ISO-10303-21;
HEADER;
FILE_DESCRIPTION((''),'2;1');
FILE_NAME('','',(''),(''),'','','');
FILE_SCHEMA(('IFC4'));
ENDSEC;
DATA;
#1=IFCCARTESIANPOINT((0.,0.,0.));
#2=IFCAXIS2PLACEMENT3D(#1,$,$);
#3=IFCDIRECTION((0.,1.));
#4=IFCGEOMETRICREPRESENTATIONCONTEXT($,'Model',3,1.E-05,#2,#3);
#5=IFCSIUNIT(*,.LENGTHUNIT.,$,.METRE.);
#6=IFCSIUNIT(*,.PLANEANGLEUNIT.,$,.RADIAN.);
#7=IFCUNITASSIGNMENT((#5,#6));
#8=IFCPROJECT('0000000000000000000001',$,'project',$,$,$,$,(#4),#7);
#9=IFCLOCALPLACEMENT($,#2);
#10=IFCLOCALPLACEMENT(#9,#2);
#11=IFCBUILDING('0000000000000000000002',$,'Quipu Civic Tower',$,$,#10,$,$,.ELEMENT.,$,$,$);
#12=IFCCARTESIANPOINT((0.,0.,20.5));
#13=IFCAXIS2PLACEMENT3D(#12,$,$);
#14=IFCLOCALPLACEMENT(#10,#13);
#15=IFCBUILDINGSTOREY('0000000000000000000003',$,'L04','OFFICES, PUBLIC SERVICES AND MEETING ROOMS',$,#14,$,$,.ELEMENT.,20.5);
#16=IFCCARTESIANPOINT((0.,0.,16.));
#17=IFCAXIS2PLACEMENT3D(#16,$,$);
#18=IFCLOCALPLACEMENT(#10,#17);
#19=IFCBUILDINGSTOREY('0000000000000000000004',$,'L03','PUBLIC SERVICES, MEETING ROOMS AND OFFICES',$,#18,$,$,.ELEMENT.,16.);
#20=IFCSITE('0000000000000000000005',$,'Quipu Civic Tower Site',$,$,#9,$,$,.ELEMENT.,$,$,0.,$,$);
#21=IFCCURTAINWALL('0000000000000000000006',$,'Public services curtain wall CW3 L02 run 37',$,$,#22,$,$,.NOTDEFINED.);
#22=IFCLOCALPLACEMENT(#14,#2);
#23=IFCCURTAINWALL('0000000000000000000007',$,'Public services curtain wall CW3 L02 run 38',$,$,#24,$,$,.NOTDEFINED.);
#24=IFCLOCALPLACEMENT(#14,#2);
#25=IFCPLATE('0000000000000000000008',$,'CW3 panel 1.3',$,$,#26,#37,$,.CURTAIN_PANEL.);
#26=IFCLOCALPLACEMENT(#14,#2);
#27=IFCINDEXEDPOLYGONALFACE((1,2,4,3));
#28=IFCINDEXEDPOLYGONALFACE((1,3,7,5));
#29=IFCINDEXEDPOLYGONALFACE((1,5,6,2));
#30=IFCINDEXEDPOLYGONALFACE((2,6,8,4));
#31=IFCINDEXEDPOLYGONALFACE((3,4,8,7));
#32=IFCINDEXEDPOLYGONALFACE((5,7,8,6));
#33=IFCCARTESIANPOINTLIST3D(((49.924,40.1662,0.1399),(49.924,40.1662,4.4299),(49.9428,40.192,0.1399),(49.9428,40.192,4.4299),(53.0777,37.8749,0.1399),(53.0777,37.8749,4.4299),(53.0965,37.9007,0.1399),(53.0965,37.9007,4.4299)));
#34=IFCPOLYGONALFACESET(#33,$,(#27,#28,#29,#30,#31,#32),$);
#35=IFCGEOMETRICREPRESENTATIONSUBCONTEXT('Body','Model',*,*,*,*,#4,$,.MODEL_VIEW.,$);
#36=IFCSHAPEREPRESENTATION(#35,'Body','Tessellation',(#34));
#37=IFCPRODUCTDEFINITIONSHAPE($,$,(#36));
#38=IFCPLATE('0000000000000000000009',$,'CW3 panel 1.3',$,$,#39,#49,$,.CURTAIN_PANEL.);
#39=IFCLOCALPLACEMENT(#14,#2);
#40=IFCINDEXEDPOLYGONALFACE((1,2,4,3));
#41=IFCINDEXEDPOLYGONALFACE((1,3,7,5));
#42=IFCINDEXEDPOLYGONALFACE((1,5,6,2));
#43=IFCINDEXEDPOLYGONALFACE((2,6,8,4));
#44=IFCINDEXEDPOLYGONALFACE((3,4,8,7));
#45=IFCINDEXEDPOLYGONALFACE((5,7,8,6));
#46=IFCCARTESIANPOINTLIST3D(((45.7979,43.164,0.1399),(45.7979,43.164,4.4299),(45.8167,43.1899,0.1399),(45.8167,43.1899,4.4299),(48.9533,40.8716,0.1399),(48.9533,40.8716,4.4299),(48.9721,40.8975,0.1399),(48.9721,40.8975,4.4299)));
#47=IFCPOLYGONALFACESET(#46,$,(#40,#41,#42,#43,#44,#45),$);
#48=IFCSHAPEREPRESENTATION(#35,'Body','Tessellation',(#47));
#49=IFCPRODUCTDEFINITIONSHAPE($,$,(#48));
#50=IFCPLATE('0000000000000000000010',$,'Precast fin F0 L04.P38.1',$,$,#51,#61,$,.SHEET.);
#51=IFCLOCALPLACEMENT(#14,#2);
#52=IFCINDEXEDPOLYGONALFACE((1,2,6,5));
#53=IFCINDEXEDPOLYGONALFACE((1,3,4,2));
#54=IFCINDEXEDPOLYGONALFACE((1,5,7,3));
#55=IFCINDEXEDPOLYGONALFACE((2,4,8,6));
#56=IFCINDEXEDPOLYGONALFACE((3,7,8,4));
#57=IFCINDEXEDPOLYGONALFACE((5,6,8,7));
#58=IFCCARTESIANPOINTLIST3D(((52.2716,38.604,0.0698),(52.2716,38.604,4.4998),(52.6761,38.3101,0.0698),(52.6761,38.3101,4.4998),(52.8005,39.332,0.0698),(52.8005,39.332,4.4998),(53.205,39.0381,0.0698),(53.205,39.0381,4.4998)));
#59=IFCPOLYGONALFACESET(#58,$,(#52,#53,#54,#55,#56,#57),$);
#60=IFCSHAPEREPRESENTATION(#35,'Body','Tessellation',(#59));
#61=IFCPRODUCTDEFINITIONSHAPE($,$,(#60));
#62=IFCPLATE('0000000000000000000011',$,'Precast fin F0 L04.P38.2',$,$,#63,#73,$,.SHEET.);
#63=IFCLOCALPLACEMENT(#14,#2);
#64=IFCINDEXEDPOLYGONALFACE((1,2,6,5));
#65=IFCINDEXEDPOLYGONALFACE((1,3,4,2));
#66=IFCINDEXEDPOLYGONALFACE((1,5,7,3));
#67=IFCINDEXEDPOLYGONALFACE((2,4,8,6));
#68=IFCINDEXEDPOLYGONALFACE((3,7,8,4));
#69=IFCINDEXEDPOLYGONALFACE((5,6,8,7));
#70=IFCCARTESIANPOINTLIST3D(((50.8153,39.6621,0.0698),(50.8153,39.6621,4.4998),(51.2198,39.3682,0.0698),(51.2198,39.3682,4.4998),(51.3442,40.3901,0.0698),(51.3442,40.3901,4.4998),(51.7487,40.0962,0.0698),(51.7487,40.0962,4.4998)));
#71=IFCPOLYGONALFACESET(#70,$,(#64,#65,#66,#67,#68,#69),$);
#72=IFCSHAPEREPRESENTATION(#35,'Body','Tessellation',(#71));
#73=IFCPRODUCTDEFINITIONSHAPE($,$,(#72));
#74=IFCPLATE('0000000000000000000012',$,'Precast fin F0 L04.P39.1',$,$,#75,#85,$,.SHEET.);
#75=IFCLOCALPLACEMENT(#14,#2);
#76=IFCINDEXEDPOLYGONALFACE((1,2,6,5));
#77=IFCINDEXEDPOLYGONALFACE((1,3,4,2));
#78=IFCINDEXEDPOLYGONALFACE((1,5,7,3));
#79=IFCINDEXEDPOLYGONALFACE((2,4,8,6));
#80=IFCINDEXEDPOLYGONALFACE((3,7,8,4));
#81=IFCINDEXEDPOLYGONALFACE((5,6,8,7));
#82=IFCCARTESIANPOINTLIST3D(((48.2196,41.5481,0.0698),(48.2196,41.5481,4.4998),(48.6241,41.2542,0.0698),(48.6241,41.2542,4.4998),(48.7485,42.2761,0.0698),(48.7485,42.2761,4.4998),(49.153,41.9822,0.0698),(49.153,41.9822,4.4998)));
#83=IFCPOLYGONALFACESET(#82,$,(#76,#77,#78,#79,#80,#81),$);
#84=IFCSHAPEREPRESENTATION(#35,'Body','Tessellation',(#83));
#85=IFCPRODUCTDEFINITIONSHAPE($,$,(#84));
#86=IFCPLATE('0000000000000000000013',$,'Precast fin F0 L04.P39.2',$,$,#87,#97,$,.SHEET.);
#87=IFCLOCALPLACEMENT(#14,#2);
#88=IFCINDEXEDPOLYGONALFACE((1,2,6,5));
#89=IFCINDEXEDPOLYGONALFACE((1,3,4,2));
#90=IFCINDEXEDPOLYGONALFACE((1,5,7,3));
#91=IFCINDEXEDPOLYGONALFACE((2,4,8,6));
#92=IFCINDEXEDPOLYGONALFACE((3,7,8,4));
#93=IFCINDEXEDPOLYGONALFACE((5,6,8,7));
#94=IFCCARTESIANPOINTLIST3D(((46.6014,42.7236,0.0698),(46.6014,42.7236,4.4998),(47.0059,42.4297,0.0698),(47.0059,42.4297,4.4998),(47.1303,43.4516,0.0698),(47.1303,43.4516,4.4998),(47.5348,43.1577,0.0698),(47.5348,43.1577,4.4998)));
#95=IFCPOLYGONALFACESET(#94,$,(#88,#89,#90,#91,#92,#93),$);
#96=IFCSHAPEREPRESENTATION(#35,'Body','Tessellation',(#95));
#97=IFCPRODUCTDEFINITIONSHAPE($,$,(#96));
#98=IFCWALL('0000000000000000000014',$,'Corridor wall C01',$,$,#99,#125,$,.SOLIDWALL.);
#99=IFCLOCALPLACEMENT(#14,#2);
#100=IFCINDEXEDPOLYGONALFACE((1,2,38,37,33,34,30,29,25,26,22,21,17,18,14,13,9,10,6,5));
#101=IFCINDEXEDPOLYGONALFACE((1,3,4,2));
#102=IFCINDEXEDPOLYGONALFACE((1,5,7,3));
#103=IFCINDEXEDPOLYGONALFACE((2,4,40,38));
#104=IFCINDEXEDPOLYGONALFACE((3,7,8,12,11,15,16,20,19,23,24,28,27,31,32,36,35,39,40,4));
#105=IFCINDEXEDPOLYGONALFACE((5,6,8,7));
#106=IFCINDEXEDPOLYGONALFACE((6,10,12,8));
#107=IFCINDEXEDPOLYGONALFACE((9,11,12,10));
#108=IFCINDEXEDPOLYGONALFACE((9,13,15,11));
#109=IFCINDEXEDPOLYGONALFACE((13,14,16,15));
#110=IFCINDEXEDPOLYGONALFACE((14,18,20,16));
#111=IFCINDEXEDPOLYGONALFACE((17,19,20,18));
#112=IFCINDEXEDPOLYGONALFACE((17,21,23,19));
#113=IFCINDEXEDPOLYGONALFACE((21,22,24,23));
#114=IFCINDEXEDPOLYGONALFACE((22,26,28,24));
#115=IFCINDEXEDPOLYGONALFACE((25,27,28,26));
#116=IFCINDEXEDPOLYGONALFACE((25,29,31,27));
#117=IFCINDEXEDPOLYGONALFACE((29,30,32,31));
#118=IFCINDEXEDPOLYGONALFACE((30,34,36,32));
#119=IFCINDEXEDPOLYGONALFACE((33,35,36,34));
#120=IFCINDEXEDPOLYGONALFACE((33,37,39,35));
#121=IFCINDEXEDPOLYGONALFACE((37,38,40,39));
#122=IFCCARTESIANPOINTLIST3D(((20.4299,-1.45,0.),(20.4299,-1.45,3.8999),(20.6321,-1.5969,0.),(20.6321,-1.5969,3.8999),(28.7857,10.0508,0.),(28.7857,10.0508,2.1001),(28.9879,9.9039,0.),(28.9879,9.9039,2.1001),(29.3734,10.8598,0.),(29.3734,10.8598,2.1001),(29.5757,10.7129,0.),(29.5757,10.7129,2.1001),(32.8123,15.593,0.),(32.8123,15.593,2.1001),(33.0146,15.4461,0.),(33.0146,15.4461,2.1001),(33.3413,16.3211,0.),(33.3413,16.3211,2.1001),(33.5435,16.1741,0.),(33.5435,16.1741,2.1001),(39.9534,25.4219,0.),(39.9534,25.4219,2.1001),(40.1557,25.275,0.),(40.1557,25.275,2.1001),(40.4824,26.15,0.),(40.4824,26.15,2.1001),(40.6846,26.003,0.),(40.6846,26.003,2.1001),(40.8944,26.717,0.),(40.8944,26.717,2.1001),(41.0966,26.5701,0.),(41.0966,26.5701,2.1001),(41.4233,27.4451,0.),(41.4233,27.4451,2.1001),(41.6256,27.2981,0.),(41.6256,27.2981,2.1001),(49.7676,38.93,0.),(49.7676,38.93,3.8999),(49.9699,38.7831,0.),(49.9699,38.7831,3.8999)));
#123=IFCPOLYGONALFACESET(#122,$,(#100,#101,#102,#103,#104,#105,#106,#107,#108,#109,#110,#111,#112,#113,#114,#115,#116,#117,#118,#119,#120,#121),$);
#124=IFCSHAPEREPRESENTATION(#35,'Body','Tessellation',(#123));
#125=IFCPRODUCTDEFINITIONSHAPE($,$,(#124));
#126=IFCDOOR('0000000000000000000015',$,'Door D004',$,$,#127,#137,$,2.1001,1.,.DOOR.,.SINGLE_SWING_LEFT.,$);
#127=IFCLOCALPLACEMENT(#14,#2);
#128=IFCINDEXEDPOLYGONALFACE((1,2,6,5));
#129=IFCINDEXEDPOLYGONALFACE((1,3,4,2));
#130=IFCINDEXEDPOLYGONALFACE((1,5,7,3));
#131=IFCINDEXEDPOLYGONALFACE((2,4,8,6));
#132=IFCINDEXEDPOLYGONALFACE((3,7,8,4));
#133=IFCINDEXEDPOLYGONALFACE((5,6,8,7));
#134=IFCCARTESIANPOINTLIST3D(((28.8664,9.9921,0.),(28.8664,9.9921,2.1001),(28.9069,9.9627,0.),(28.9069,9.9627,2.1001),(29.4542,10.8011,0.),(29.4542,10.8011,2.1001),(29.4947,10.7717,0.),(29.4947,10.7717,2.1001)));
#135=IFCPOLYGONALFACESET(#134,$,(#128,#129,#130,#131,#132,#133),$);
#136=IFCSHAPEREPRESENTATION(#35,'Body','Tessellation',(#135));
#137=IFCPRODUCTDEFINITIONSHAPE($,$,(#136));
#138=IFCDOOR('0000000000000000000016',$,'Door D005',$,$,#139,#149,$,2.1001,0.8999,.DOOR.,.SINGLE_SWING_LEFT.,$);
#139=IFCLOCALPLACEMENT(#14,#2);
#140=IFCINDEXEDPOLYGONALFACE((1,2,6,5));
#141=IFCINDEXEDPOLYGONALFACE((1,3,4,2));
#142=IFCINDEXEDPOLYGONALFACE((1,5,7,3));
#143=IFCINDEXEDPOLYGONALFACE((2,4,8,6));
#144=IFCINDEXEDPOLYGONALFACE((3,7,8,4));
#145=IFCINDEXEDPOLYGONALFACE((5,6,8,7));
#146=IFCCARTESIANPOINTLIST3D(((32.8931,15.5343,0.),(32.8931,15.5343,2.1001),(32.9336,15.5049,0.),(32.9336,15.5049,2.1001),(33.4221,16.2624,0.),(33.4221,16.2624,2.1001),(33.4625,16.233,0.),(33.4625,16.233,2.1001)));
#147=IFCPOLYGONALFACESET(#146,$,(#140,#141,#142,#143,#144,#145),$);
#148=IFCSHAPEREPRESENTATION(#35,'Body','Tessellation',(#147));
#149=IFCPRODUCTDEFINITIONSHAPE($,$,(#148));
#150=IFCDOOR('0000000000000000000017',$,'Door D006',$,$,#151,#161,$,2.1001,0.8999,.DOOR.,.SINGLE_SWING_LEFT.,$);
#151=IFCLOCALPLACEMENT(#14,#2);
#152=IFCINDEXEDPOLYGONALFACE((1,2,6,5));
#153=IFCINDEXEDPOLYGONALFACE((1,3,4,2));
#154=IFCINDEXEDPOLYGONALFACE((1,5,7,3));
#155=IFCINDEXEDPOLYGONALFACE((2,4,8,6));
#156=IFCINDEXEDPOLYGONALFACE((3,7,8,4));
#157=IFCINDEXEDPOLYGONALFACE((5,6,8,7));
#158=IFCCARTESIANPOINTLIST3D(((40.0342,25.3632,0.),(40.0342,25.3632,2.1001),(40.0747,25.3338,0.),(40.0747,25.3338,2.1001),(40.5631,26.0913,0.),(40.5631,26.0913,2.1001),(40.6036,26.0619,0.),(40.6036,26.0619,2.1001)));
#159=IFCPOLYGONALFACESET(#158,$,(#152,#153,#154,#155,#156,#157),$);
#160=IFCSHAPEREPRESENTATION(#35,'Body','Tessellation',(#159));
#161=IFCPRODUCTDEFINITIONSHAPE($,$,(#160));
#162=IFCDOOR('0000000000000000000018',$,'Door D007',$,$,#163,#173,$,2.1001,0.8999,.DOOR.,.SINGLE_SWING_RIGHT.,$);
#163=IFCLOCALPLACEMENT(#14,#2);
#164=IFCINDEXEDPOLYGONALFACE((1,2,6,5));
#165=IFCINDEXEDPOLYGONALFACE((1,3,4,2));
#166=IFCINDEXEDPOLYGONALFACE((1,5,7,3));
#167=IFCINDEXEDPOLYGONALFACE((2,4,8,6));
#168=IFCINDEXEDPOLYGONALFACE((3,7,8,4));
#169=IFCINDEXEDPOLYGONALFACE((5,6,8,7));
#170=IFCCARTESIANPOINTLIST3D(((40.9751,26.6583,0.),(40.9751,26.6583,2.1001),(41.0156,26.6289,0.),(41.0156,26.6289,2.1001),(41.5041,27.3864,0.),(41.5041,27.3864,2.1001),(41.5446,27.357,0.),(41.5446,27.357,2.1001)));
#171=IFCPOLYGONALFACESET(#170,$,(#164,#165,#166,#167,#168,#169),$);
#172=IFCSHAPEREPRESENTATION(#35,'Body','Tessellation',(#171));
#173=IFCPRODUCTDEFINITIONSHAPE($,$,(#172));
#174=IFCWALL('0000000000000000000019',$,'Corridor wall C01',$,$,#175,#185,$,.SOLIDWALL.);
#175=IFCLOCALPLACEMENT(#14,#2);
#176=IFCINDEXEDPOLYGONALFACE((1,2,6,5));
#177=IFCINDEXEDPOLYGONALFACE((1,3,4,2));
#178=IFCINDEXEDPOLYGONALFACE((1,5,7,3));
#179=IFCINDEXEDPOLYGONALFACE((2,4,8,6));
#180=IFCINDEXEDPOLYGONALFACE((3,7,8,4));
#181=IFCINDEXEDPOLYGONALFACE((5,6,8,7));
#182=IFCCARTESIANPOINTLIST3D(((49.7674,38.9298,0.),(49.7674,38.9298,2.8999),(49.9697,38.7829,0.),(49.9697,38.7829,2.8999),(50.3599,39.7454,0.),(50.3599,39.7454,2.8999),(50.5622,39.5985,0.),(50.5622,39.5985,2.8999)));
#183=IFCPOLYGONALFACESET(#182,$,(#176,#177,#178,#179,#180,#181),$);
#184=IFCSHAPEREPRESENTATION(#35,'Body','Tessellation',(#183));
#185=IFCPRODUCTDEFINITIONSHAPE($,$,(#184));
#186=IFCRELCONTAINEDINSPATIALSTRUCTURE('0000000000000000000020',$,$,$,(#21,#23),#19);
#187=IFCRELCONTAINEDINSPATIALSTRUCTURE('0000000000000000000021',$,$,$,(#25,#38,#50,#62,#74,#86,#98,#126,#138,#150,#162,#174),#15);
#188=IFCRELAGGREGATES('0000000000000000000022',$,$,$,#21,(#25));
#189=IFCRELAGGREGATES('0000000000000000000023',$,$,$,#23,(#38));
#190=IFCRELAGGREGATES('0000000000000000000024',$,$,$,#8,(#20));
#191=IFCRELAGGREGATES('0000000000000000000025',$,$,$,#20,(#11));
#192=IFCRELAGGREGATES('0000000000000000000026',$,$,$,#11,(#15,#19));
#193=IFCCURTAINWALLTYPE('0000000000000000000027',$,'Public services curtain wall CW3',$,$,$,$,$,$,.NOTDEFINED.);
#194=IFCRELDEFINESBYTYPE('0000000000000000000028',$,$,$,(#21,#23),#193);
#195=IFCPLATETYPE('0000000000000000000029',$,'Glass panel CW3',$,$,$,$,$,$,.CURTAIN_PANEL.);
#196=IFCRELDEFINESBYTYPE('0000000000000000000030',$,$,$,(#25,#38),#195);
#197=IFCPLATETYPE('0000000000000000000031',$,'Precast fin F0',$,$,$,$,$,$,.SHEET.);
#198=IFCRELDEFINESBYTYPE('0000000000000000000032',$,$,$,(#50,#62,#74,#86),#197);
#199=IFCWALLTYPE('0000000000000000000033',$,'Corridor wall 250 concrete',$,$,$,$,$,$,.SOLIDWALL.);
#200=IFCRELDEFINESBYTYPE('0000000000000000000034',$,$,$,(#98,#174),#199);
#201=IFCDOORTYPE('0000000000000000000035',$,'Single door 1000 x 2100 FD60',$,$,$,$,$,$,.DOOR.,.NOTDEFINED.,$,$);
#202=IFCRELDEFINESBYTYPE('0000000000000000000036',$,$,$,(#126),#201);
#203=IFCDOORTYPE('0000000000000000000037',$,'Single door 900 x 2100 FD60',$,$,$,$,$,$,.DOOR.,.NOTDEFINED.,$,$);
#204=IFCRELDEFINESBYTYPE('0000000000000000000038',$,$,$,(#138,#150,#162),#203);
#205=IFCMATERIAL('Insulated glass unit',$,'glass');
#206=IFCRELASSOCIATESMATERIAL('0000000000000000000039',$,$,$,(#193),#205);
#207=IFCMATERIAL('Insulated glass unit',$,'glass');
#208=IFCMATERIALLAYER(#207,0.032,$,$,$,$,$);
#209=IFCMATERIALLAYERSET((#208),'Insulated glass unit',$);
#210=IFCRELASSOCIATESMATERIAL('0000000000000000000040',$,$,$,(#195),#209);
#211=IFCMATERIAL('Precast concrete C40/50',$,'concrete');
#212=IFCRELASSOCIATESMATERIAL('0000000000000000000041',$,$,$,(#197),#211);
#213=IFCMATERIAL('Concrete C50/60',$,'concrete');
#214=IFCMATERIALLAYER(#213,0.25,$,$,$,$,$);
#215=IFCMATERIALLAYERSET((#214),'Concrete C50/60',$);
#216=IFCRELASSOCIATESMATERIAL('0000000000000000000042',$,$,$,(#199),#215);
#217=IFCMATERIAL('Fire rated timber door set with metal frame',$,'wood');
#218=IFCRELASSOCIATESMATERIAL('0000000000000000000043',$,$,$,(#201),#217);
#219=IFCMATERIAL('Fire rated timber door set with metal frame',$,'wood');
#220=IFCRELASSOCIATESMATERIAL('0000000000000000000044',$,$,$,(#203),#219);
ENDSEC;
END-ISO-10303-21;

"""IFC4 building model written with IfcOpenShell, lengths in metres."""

from ifc_helpers import new_model, si_unit, direction, frame, frame_2d, origin, origin_2d, place, context, subcontext, project, spatial, rectangle, extrude, material, layer, layer_set, type_object, element, fill, aggregate, save


model = new_model("IFC4")

# Units and contexts
model_context = context("Model", 3, precision=1e-05, world=origin(), true_north=direction((0.0, 1.0)))
body_context = subcontext(model_context, "Body", "Model", "MODEL_VIEW")
ifc_project = project(units=[si_unit("LENGTHUNIT", "METRE"), si_unit("PLANEANGLEUNIT", "RADIAN")], contexts=[model_context])

# Site, building, storey
site_placement = place(None, origin())
site = spatial("IfcSite", under=ifc_project, at=site_placement, Name="Quipu Civic Tower Site", CompositionType="ELEMENT", RefElevation=0.0)
building_placement = place(site_placement, origin())
building = spatial("IfcBuilding", under=site, at=building_placement, Name="Quipu Civic Tower", CompositionType="ELEMENT")
storey_1_placement = place(building_placement, frame((0.0, 0.0, 20.5)))
storey_1 = spatial("IfcBuildingStorey", under=building, at=storey_1_placement, Name="L04", Description="OFFICES, PUBLIC SERVICES AND MEETING ROOMS", CompositionType="ELEMENT", Elevation=20.5)

# Shared definitions
storey_2_placement = place(building_placement, frame((0.0, 0.0, 16.0)))
storey_2 = spatial("IfcBuildingStorey", under=building, at=storey_2_placement, Name="L03", Description="PUBLIC SERVICES, MEETING ROOMS AND OFFICES", CompositionType="ELEMENT", Elevation=16.0)

# Curtain walls
ifc_material_1 = material(Name="Insulated glass unit", Category="glass")
curtain_wall_type = type_object("IfcCurtainWallType", Name="Public services curtain wall CW3", PredefinedType="NOTDEFINED", material=ifc_material_1)
curtain_wall_1_placement = place(storey_2_placement, origin())
curtain_wall_1 = element("IfcCurtainWall", 1, at=curtain_wall_1_placement, inside=storey_2, type_object=curtain_wall_type, Name="Public services curtain wall CW3 L02 run 37", PredefinedType="NOTDEFINED")
curtain_wall_2_placement = place(storey_2_placement, origin())
curtain_wall_2 = element("IfcCurtainWall", 2, at=curtain_wall_2_placement, inside=storey_2, type_object=curtain_wall_type, Name="Public services curtain wall CW3 L02 run 38", PredefinedType="NOTDEFINED")

# Plates
ifc_material_2 = material(Name="Insulated glass unit", Category="glass")
ifc_layer_1 = layer(ifc_material_2, 0.032)
ifc_layer_set_1 = layer_set([ifc_layer_1], Name="Insulated glass unit")
plate_type_1 = type_object("IfcPlateType", Name="Glass panel CW3", PredefinedType="CURTAIN_PANEL", material=ifc_layer_set_1)
plate_1_placement = place(storey_1_placement, frame((51.5103, 39.0334, 0.1399), z_axis=(0.0, 0.0, 1.0), x_axis=(-0.809015, 0.587789, 0.0)))
plate_1 = element("IfcPlate", 3, at=plate_1_placement, inside=storey_1, type_object=plate_type_1, Name="CW3 panel 1.3", PredefinedType="CURTAIN_PANEL", context=body_context, shape_type="SweptSolid", body=[
    extrude(rectangle(XDim=3.8982, YDim=0.032, at=origin_2d()), origin(), (0.0, 0.0, 1.0), 4.29),
])
aggregate(curtain_wall_1, [plate_1])
plate_2_placement = place(storey_1_placement, frame((47.385, 42.0308, 0.1399), z_axis=(0.0, 0.0, 1.0), x_axis=(-0.80903, 0.587767, 0.0)))
plate_2 = element("IfcPlate", 4, at=plate_2_placement, inside=storey_1, type_object=plate_type_1, Name="CW3 panel 1.3", PredefinedType="CURTAIN_PANEL", context=body_context, shape_type="SweptSolid", body=[
    extrude(rectangle(XDim=3.9001, YDim=0.032, at=origin_2d()), origin(), (0.0, 0.0, 1.0), 4.29),
])
aggregate(curtain_wall_2, [plate_2])

# Plates
ifc_material_3 = material(Name="Precast concrete C40/50", Category="concrete")
plate_type_2 = type_object("IfcPlateType", Name="Precast fin F0", PredefinedType="SHEET", material=ifc_material_3)
for number, where, z_axis, x_axis, name in (
    (5, (52.7383, 38.821, 0.0698), (0.0, 0.0, 1.0), (-0.809021, 0.587779, 0.0), "Precast fin F0 L04.P38.1"),
    (6, (51.282, 39.8792, 0.0698), (0.0, 0.0, 1.0), (-0.809021, 0.587779, 0.0), "Precast fin F0 L04.P38.2"),
    (7, (48.6863, 41.7651, 0.0698), (0.0, 0.0, 1.0), (-0.809021, 0.587779, 0.0), "Precast fin F0 L04.P39.1"),
    (8, (47.0681, 42.9407, 0.0698), (0.0, 0.0, 1.0), (-0.809021, 0.587779, 0.0), "Precast fin F0 L04.P39.2"),
):
    element("IfcPlate", number, at=place(storey_1_placement, frame(where, z_axis=z_axis, x_axis=x_axis)), inside=storey_1, type_object=plate_type_2, Name=name, PredefinedType="SHEET", context=body_context, shape_type="SweptSolid", body=[
        extrude(rectangle(XDim=0.5, YDim=0.8999, at=origin_2d()), origin(), (0.0, 0.0, 1.0), 4.4299),
    ])

# Wall, openings, doors
ifc_material_4 = material(Name="Concrete C50/60", Category="concrete")
ifc_layer_2 = layer(ifc_material_4, 0.25)
ifc_layer_set_2 = layer_set([ifc_layer_2], Name="Concrete C50/60")
wall_type_1 = type_object("IfcWallType", Name="Corridor wall 250 concrete", PredefinedType="SOLIDWALL", material=ifc_layer_set_2)
wall_1_placement = place(storey_1_placement, frame((49.8687, 38.8564, 0.0), z_axis=(0.0, 0.0, 1.0), x_axis=(-0.587785, -0.809018, 0.0)))
wall_1 = element("IfcWall", 9, at=wall_1_placement, inside=storey_1, type_object=wall_type_1, Name="Corridor wall C01", PredefinedType="SOLIDWALL", context=body_context, shape_type="SweptSolid", body=[
    extrude(rectangle(XDim=49.9124, YDim=0.25, at=frame_2d((24.9561, 0.0))), origin(), (0.0, 0.0, 1.0), 3.8999),
])
opening_1_placement = place(wall_1_placement, frame((27.946, 0.0, 0.0)))
opening_1 = element("IfcOpeningElement", 10, at=opening_1_placement, cuts=wall_1, PredefinedType="OPENING", context=body_context, shape_type="SweptSolid", body=[
    extrude(rectangle(XDim=0.8999, YDim=2.1001, at=frame_2d((0.45, 1.05))), frame((0.0, 0.135, 0.0), z_axis=(0.0, -1.0, 0.0), x_axis=(1.0, 0.0, 0.0)), (0.0, 0.0, 1.0), 0.27),
])
opening_2_placement = place(wall_1_placement, frame((34.6965, 0.0, 0.0)))
opening_2 = element("IfcOpeningElement", 11, at=opening_2_placement, cuts=wall_1, PredefinedType="OPENING", context=body_context, shape_type="SweptSolid", body=[
    extrude(rectangle(XDim=1.0, YDim=2.1001, at=frame_2d((0.5, 1.05))), frame((0.0, 0.135, 0.0), z_axis=(0.0, -1.0, 0.0), x_axis=(1.0, 0.0, 0.0)), (0.0, 0.0, 1.0), 0.27),
])
opening_3_placement = place(wall_1_placement, frame((15.7969, 0.0, 0.0)))
opening_3 = element("IfcOpeningElement", 12, at=opening_3_placement, cuts=wall_1, PredefinedType="OPENING", context=body_context, shape_type="SweptSolid", body=[
    extrude(rectangle(XDim=0.8999, YDim=2.1001, at=frame_2d((0.45, 1.05))), frame((0.0, 0.135, 0.0), z_axis=(0.0, -1.0, 0.0), x_axis=(1.0, 0.0, 0.0)), (0.0, 0.0, 1.0), 0.27),
])
opening_4_placement = place(wall_1_placement, frame((14.196, 0.0, 0.0)))
opening_4 = element("IfcOpeningElement", 13, at=opening_4_placement, cuts=wall_1, PredefinedType="OPENING", context=body_context, shape_type="SweptSolid", body=[
    extrude(rectangle(XDim=0.8999, YDim=2.1001, at=frame_2d((0.45, 1.05))), frame((0.0, 0.135, 0.0), z_axis=(0.0, -1.0, 0.0), x_axis=(1.0, 0.0, 0.0)), (0.0, 0.0, 1.0), 0.27),
])
ifc_material_5 = material(Name="Fire rated timber door set with metal frame", Category="wood")
door_type_1 = type_object("IfcDoorType", Name="Single door 1000 x 2100 FD60", OperationType="NOTDEFINED", PredefinedType="DOOR", material=ifc_material_5)
door_1_placement = place(opening_2_placement, origin())
door_1 = element("IfcDoor", 14, at=door_1_placement, inside=storey_1, type_object=door_type_1, Name="Door D004", OperationType="SINGLE_SWING_LEFT", OverallHeight=2.1001, OverallWidth=1.0, PredefinedType="DOOR", context=body_context, shape_type="SweptSolid", body=[
    extrude(rectangle(XDim=1.0, YDim=2.1001, at=frame_2d((0.5, 1.05))), frame((0.0, 0.0249, 0.0), z_axis=(0.0, -1.0, 0.0), x_axis=(1.0, 0.0, 0.0)), (0.0, 0.0, 1.0), 0.05),
])
fill(opening_2, door_1)
ifc_material_6 = material(Name="Fire rated timber door set with metal frame", Category="wood")
door_type_2 = type_object("IfcDoorType", Name="Single door 900 x 2100 FD60", OperationType="NOTDEFINED", PredefinedType="DOOR", material=ifc_material_6)
door_2_placement = place(opening_1_placement, origin())
door_2 = element("IfcDoor", 15, at=door_2_placement, inside=storey_1, type_object=door_type_2, Name="Door D005", OperationType="SINGLE_SWING_LEFT", OverallHeight=2.1001, OverallWidth=0.8999, PredefinedType="DOOR", context=body_context, shape_type="SweptSolid", body=[
    extrude(rectangle(XDim=0.8999, YDim=2.1001, at=frame_2d((0.45, 1.05))), frame((0.0, 0.0249, 0.0), z_axis=(0.0, -1.0, 0.0), x_axis=(1.0, 0.0, 0.0)), (0.0, 0.0, 1.0), 0.05),
])
fill(opening_1, door_2)
door_3_placement = place(opening_3_placement, origin())
door_3 = element("IfcDoor", 16, at=door_3_placement, inside=storey_1, type_object=door_type_2, Name="Door D006", OperationType="SINGLE_SWING_LEFT", OverallHeight=2.1001, OverallWidth=0.8999, PredefinedType="DOOR", context=body_context, shape_type="SweptSolid", body=[
    extrude(rectangle(XDim=0.8999, YDim=2.1001, at=frame_2d((0.45, 1.05))), frame((0.0, 0.0249, 0.0), z_axis=(0.0, -1.0, 0.0), x_axis=(1.0, 0.0, 0.0)), (0.0, 0.0, 1.0), 0.05),
])
fill(opening_3, door_3)
door_4_placement = place(opening_4_placement, origin())
door_4 = element("IfcDoor", 17, at=door_4_placement, inside=storey_1, type_object=door_type_2, Name="Door D007", OperationType="SINGLE_SWING_RIGHT", OverallHeight=2.1001, OverallWidth=0.8999, PredefinedType="DOOR", context=body_context, shape_type="SweptSolid", body=[
    extrude(rectangle(XDim=0.8999, YDim=2.1001, at=frame_2d((0.45, 1.05))), frame((0.0, 0.0249, 0.0), z_axis=(0.0, -1.0, 0.0), x_axis=(1.0, 0.0, 0.0)), (0.0, 0.0, 1.0), 0.05),
])
fill(opening_4, door_4)

# Wall
wall_2_placement = place(storey_1_placement, frame((49.8687, 38.8564, 0.0), z_axis=(0.0, 0.0, 1.0), x_axis=(0.587725, 0.809061, 0.0)))
element("IfcWall", 18, at=wall_2_placement, inside=storey_1, type_object=wall_type_1, Name="Corridor wall C01", PredefinedType="SOLIDWALL", context=body_context, shape_type="SweptSolid", body=[
    extrude(rectangle(XDim=1.0081, YDim=0.25, at=frame_2d((0.5039, 0.0))), origin(), (0.0, 0.0, 1.0), 2.8999),
])

save(model, "model.ifc")
